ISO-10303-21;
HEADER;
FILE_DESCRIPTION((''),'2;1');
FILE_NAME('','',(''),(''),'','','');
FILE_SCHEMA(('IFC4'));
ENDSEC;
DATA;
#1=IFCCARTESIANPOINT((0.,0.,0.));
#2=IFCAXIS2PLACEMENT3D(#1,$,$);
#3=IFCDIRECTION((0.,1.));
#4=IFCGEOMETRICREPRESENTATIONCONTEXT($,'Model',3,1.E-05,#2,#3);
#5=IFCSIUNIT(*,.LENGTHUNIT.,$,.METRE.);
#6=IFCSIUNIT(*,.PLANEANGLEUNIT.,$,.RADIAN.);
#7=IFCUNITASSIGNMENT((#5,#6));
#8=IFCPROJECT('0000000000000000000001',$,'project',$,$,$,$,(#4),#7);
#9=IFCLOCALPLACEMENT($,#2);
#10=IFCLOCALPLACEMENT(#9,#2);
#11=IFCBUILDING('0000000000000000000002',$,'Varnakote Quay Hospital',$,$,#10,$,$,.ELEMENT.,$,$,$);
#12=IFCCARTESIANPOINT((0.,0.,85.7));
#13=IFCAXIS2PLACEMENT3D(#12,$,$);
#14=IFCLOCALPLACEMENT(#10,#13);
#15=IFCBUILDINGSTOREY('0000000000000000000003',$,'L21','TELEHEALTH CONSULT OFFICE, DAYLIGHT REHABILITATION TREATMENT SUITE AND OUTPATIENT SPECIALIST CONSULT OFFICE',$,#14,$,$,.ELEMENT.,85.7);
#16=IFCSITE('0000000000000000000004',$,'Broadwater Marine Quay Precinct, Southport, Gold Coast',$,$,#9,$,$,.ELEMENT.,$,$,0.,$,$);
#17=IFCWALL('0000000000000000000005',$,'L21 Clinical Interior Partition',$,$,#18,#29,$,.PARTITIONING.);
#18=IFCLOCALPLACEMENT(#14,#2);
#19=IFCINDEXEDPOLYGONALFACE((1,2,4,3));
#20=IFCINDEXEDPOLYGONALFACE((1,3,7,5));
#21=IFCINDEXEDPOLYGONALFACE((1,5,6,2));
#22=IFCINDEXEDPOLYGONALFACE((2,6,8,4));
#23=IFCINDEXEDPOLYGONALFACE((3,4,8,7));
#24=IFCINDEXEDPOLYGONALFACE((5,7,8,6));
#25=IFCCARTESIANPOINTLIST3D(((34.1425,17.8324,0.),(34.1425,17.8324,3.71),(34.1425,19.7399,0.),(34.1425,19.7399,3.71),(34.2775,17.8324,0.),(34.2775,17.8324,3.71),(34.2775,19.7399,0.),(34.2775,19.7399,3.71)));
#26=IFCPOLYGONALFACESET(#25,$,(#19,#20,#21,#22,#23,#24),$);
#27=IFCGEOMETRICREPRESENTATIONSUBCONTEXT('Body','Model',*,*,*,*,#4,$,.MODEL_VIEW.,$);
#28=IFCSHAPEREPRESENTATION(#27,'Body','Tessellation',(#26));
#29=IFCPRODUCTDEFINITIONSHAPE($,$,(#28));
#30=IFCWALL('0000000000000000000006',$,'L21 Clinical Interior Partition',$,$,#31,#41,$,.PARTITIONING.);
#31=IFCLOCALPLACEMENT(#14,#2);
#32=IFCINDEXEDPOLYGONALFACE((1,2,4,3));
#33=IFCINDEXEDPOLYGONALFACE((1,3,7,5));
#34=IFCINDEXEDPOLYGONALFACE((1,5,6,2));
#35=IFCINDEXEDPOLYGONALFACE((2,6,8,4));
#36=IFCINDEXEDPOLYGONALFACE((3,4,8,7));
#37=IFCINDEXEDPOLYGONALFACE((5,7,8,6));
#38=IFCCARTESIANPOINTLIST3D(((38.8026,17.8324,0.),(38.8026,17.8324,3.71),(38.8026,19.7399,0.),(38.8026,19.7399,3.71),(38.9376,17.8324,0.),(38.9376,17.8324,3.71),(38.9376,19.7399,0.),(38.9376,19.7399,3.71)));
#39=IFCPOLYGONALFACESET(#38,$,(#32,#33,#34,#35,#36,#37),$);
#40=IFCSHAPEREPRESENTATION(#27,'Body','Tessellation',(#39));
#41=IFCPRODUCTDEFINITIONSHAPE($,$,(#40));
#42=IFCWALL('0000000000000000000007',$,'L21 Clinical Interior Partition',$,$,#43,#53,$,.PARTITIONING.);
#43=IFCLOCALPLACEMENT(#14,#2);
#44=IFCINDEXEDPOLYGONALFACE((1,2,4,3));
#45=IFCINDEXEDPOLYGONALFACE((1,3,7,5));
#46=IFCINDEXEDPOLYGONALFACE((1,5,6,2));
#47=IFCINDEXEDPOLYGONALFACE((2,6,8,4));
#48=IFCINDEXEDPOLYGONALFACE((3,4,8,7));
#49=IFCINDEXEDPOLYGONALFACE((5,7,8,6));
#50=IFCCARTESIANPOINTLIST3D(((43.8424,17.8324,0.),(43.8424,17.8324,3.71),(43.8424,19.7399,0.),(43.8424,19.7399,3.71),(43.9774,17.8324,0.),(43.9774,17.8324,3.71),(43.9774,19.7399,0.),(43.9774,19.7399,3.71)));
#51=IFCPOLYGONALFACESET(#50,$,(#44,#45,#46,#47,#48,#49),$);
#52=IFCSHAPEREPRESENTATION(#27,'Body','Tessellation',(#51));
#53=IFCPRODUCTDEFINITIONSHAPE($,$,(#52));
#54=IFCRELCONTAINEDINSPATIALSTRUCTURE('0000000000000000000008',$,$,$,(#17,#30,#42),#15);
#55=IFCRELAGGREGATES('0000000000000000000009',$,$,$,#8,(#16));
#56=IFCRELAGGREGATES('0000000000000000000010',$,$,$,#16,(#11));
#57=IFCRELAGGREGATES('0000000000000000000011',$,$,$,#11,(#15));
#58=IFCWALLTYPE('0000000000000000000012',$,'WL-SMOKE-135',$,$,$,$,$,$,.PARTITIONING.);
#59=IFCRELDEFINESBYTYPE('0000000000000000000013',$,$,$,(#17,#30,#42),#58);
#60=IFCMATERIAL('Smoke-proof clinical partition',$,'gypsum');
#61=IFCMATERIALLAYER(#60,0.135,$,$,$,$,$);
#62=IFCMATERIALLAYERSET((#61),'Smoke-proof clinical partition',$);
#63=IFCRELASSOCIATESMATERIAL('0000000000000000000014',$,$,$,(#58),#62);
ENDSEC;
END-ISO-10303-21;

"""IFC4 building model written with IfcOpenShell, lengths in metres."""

from ifc_helpers import new_model, si_unit, direction, frame, frame_2d, origin, place, context, subcontext, project, spatial, rectangle, extrude, material, layer, layer_set, type_object, element, save


model = new_model("IFC4")

# Units and contexts
model_context = context("Model", 3, precision=1e-05, world=origin(), true_north=direction((0.0, 1.0)))
body_context = subcontext(model_context, "Body", "Model", "MODEL_VIEW")
ifc_project = project(units=[si_unit("LENGTHUNIT", "METRE"), si_unit("PLANEANGLEUNIT", "RADIAN")], contexts=[model_context])

# Site, building, storey
site_placement = place(None, origin())
site = spatial("IfcSite", under=ifc_project, at=site_placement, Name="Broadwater Marine Quay Precinct, Southport, Gold Coast", CompositionType="ELEMENT", RefElevation=0.0)
building_placement = place(site_placement, origin())
building = spatial("IfcBuilding", under=site, at=building_placement, Name="Varnakote Quay Hospital", CompositionType="ELEMENT")
storey_placement = place(building_placement, frame((0.0, 0.0, 85.7)))
storey = spatial("IfcBuildingStorey", under=building, at=storey_placement, Name="L21", Description="TELEHEALTH CONSULT OFFICE, DAYLIGHT REHABILITATION TREATMENT SUITE AND OUTPATIENT SPECIALIST CONSULT OFFICE", CompositionType="ELEMENT", Elevation=85.7)

# Walls
ifc_material_1 = material(Name="Smoke-proof clinical partition", Category="gypsum")
ifc_layer_1 = layer(ifc_material_1, 0.135)
ifc_layer_set_1 = layer_set([ifc_layer_1], Name="Smoke-proof clinical partition")
wall_type_1 = type_object("IfcWallType", Name="WL-SMOKE-135", PredefinedType="PARTITIONING", material=ifc_layer_set_1)
for number, where, z_axis, x_axis, name in (
    (1, (34.21, 17.8325, 0.0), (0.0, 0.0, 1.0), (0.0, 1.0, 0.0), "L21 Clinical Interior Partition"),
    (2, (38.8701, 17.8325, 0.0), (0.0, 0.0, 1.0), (0.0, 1.0, 0.0), "L21 Clinical Interior Partition"),
    (3, (43.9099, 17.8325, 0.0), (0.0, 0.0, 1.0), (0.0, 1.0, 0.0), "L21 Clinical Interior Partition"),
):
    element("IfcWall", number, at=place(storey_placement, frame(where, z_axis=z_axis, x_axis=x_axis)), inside=storey, type_object=wall_type_1, Name=name, PredefinedType="PARTITIONING", context=body_context, shape_type="SweptSolid", body=[
        extrude(rectangle(XDim=1.9075, YDim=0.135, at=frame_2d((0.9536, 0.0))), origin(), (0.0, 0.0, 1.0), 3.71),
    ])

save(model, "model.ifc")
